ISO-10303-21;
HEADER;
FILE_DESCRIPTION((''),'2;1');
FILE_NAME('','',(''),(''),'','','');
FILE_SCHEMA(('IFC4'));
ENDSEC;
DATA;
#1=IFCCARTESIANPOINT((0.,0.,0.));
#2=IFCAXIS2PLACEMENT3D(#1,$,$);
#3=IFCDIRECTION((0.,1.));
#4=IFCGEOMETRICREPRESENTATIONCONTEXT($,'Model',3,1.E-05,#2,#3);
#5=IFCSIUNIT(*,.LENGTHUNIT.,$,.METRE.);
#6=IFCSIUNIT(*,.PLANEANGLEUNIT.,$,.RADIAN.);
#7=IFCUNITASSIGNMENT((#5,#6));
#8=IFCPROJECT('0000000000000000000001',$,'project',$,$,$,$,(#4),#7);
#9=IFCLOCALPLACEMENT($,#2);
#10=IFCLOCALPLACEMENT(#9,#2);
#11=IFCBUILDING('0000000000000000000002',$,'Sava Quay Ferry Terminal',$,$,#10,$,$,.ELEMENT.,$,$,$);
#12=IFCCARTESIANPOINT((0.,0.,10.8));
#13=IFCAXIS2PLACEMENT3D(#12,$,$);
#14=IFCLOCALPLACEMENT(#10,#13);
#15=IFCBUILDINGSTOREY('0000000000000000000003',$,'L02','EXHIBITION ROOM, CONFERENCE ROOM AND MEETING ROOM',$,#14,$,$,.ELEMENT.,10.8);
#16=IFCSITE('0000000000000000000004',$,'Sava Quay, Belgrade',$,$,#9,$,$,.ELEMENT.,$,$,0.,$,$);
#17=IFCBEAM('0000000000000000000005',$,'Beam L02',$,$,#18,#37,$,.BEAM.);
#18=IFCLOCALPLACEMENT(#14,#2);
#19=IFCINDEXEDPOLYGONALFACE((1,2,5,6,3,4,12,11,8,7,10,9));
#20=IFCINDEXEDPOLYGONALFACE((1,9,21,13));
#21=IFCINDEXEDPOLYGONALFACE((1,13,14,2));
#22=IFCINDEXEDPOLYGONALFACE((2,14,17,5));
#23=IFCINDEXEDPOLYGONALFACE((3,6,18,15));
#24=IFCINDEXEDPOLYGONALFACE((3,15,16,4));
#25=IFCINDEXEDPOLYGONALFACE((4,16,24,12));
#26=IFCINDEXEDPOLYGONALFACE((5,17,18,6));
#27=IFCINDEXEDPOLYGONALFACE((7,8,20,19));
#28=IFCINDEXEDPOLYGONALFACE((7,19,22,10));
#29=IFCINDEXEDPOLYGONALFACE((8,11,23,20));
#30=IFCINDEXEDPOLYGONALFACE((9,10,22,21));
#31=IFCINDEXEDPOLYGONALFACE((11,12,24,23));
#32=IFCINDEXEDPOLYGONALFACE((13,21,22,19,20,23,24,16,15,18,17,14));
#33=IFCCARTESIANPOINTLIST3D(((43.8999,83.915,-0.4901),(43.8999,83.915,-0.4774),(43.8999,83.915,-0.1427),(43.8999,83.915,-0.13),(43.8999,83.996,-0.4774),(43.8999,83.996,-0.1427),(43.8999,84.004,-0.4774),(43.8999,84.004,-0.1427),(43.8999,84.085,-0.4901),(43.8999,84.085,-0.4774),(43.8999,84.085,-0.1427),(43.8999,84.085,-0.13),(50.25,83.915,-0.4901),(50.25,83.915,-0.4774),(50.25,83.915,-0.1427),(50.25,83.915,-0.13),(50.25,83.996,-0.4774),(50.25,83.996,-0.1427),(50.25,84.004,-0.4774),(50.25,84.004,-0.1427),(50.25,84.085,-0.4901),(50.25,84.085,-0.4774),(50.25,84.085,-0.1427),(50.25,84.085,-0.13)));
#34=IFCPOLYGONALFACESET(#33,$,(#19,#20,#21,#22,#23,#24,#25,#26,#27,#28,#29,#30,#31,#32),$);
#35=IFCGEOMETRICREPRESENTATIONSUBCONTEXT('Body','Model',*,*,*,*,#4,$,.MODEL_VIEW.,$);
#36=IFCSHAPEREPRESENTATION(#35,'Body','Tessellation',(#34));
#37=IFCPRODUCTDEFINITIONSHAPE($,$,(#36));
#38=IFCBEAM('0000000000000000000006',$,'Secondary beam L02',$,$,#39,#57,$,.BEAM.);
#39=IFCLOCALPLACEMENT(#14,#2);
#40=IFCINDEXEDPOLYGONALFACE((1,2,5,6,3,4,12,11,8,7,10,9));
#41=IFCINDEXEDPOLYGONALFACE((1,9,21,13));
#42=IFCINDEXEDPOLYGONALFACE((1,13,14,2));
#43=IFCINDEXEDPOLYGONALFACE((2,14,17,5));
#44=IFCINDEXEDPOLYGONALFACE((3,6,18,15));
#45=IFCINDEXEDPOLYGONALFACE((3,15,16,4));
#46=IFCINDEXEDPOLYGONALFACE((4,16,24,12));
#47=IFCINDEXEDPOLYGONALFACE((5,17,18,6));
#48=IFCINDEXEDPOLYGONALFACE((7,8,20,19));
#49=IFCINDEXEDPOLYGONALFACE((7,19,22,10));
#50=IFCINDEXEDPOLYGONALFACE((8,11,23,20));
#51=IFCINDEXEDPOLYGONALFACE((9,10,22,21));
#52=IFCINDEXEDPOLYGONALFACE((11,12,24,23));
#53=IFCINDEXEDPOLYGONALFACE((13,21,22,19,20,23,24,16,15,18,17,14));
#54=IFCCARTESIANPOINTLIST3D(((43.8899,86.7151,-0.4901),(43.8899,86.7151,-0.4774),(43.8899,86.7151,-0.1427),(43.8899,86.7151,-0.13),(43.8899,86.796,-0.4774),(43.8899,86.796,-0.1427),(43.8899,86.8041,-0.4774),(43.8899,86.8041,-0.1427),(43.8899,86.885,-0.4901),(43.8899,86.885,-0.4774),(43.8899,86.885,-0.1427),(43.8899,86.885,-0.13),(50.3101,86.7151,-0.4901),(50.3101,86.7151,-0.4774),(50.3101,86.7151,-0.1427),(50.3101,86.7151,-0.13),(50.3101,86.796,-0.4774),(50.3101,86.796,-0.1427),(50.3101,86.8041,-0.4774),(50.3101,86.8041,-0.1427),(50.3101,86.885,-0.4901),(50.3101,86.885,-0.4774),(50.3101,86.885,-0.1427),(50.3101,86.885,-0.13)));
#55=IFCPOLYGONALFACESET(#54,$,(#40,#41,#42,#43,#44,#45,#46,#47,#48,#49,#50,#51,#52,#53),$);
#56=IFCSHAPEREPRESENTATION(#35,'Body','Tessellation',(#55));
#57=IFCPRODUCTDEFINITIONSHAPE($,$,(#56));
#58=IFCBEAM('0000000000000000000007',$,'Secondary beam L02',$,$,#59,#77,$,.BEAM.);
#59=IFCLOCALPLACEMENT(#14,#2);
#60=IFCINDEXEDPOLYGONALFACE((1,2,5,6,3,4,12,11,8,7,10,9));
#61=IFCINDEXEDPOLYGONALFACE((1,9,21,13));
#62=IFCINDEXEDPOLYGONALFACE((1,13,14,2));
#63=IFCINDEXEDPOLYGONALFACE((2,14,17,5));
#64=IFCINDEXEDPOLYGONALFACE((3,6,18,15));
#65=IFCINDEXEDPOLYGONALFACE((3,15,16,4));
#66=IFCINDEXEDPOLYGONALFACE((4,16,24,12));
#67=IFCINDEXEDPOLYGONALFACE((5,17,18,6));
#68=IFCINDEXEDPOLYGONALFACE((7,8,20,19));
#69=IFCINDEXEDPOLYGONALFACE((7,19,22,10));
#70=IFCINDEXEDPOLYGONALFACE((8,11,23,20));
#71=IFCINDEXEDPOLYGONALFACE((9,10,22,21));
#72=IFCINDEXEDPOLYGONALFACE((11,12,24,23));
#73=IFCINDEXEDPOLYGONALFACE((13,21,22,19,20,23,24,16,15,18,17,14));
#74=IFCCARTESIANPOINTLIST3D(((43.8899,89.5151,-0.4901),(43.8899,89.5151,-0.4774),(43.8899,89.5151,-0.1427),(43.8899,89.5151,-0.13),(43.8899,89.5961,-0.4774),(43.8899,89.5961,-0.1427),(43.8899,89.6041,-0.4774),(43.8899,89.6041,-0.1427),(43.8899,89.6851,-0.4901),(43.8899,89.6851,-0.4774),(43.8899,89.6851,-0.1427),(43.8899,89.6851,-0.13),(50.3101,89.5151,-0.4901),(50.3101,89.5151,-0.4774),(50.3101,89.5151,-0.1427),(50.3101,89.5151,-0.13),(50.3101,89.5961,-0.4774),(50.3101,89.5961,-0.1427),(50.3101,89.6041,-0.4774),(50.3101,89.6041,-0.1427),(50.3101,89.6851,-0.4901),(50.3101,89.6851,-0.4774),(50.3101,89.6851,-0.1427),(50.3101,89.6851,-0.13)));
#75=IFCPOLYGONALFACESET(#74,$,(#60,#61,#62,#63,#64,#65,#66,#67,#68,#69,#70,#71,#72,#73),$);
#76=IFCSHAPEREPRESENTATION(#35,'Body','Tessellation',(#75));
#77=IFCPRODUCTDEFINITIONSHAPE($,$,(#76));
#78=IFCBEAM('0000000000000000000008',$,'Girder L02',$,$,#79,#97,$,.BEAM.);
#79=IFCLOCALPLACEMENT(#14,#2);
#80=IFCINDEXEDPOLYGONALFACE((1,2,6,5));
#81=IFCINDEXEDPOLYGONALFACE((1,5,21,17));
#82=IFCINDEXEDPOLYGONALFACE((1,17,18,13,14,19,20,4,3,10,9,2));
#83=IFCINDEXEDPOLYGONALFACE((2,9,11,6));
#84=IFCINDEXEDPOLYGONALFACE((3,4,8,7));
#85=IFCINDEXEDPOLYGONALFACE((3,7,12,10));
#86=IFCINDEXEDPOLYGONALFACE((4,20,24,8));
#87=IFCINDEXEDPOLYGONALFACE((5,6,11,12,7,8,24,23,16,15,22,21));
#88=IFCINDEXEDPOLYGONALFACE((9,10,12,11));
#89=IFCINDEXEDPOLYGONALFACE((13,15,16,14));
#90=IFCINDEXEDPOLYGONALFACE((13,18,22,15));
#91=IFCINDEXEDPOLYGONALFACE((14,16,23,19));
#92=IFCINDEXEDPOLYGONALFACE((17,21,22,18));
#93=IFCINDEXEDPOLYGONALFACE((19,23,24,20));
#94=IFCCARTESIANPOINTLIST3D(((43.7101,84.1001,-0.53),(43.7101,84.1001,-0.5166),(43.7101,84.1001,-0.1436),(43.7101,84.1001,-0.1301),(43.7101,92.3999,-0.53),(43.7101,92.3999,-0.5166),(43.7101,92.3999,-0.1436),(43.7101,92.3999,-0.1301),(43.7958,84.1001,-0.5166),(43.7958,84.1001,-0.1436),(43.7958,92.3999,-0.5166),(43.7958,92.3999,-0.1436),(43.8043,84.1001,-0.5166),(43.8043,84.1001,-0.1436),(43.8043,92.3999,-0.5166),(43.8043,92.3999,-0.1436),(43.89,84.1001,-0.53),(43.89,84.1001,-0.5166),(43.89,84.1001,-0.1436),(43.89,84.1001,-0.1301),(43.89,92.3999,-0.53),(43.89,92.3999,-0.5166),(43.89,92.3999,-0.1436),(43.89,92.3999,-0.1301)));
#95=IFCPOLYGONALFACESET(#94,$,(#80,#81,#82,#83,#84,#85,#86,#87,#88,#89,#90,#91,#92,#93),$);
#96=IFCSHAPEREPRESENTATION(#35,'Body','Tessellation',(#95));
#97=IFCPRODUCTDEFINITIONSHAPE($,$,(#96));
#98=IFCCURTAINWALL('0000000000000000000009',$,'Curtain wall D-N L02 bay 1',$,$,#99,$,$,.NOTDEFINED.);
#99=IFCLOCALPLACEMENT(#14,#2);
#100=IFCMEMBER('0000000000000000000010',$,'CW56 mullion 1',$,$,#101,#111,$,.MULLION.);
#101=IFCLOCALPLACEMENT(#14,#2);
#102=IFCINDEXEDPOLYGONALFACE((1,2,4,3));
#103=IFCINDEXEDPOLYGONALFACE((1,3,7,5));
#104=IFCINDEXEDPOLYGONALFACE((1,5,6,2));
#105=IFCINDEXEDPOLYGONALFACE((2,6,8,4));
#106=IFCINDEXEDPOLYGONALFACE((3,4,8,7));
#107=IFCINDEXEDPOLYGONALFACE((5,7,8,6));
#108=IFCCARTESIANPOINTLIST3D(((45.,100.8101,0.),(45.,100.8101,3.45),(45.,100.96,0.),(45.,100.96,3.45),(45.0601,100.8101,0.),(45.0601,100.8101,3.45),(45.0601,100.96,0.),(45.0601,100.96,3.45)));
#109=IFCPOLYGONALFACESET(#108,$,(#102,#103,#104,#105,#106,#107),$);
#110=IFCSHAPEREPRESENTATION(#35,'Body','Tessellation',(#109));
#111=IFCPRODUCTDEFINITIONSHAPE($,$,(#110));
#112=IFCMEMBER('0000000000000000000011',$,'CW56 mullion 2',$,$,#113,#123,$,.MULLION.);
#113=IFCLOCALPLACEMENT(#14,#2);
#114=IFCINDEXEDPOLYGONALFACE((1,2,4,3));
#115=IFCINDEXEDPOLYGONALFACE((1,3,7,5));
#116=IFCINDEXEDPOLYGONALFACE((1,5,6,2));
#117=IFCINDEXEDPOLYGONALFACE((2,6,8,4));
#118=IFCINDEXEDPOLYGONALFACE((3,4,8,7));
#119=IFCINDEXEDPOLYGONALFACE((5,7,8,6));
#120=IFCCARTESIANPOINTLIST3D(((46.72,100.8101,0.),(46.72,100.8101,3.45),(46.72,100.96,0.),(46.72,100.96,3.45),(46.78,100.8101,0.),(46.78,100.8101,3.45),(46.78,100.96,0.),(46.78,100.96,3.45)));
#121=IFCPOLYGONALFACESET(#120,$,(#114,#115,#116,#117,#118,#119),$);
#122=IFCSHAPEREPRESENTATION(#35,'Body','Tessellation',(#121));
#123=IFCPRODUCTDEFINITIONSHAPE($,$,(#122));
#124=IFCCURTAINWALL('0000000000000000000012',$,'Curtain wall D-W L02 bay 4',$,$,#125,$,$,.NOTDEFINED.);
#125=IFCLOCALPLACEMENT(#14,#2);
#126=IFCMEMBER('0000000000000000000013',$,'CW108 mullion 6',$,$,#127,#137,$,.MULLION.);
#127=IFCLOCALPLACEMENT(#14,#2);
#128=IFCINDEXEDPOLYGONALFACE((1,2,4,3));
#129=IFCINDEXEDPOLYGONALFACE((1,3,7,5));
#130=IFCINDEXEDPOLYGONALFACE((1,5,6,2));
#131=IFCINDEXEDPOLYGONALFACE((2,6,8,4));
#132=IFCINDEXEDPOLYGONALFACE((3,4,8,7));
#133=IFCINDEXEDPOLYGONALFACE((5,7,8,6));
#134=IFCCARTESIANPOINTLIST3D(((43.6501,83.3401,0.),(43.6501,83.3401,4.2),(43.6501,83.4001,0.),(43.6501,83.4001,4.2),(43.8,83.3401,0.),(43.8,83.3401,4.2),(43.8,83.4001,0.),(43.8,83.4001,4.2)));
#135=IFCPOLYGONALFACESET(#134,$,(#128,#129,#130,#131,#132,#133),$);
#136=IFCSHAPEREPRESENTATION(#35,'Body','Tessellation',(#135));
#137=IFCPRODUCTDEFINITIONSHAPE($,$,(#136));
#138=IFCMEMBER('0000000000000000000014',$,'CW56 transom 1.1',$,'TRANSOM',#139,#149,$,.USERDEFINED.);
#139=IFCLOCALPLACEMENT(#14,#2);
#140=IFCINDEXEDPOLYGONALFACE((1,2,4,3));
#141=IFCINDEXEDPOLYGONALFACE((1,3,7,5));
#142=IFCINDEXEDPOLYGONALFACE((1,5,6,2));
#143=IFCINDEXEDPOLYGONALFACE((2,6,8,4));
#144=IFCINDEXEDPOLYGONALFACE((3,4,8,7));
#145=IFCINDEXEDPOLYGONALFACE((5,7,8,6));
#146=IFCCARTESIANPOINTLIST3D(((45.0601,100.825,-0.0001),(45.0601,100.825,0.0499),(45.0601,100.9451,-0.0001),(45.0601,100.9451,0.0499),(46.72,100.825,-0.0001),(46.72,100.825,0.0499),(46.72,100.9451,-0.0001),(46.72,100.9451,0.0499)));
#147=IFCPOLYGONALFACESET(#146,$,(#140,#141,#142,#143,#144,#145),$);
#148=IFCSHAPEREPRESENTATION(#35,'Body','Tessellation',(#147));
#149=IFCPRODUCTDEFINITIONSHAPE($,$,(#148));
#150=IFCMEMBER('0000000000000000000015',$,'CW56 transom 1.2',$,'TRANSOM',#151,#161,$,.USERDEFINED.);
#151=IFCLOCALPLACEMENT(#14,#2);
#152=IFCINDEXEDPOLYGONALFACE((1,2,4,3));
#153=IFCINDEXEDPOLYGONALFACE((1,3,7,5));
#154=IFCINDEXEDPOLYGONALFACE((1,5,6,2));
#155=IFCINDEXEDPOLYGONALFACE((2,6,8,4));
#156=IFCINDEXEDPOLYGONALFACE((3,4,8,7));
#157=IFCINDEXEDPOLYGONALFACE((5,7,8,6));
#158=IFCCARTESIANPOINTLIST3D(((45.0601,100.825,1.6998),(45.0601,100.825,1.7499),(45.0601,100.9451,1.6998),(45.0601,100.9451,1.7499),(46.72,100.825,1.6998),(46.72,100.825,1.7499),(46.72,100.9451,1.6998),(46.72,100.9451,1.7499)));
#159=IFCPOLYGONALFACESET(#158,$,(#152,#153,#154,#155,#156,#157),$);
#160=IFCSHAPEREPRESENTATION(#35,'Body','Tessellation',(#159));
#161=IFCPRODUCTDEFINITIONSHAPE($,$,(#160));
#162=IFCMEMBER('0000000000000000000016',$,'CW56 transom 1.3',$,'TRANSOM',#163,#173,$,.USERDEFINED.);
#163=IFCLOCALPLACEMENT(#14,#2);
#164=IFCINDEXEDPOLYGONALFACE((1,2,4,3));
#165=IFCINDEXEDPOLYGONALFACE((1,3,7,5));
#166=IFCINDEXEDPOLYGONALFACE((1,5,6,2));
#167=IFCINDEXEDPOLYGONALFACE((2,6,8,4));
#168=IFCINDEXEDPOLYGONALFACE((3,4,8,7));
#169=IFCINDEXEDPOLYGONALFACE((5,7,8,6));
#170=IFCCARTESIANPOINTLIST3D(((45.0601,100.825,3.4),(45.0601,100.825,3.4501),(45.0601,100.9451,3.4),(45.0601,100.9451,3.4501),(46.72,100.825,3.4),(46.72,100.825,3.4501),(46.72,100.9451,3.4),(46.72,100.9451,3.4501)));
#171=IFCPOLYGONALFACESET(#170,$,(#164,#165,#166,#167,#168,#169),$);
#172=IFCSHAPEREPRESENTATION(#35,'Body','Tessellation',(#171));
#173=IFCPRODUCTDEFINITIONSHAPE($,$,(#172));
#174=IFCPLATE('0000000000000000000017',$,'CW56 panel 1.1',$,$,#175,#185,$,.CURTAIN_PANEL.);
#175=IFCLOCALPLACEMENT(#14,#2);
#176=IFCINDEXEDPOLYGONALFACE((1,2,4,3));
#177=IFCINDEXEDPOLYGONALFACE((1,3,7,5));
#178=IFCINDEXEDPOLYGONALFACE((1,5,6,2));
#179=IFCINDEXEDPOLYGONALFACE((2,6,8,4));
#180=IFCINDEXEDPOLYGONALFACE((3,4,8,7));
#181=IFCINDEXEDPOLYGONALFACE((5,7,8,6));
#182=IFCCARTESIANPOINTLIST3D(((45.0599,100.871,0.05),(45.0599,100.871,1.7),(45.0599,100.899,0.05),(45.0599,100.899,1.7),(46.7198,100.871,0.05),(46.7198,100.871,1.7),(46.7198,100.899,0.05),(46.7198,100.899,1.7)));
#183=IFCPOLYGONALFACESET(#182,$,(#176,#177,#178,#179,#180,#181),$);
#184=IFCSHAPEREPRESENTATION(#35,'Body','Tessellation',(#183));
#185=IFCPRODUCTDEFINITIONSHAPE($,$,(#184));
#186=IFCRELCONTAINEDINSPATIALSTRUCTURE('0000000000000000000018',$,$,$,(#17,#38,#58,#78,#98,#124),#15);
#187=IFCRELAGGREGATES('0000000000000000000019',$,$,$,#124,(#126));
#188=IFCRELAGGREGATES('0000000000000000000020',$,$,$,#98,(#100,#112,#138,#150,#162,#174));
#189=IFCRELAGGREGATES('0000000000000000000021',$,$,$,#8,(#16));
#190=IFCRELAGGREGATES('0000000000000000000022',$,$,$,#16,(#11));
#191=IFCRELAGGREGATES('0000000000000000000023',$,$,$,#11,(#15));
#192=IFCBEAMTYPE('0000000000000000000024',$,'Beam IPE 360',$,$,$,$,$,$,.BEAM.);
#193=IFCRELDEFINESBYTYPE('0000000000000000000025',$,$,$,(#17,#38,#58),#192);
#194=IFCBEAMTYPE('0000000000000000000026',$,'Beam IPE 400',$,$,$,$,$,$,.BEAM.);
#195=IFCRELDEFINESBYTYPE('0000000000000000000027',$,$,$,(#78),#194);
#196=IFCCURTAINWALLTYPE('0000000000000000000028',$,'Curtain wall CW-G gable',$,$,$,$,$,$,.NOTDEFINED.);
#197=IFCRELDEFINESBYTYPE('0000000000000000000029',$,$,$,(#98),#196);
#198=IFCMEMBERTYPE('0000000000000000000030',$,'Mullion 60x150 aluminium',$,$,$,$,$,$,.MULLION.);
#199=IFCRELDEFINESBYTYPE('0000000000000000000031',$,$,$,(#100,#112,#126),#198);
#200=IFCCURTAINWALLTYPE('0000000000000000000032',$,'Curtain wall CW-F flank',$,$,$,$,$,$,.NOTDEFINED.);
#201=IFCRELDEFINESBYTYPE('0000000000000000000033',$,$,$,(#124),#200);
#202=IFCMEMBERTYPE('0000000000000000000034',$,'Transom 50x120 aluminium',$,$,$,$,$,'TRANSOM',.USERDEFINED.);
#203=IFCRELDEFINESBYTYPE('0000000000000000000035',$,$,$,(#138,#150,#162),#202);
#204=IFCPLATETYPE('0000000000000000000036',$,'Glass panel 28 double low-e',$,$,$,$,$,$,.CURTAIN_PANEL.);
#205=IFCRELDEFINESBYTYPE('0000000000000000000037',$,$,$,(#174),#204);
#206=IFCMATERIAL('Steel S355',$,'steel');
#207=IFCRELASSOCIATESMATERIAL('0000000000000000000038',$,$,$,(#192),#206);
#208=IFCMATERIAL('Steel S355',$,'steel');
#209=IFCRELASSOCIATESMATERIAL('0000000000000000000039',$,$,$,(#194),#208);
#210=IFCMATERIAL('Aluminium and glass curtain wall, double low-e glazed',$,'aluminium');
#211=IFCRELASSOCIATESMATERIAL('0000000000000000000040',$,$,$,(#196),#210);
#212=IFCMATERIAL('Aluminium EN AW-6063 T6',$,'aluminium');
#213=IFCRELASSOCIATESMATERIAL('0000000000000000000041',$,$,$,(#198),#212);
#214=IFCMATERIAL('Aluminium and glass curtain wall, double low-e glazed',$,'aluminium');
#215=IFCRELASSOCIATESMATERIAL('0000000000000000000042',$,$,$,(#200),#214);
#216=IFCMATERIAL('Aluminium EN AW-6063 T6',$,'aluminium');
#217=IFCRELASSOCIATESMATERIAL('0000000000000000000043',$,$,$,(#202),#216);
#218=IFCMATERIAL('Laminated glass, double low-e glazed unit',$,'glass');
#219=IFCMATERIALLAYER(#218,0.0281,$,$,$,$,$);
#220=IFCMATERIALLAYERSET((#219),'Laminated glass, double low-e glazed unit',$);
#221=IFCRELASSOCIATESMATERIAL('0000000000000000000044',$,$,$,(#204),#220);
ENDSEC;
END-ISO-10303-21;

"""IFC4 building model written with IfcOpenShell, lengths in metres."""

from ifc_helpers import new_model, si_unit, direction, frame, origin, origin_2d, place, context, subcontext, project, spatial, rectangle, i_section, extrude, material, layer, layer_set, material_profile, profile_set, type_object, element, aggregate, save


model = new_model("IFC4")

# Units and contexts
model_context = context("Model", 3, precision=1e-05, world=origin(), true_north=direction((0.0, 1.0)))
body_context = subcontext(model_context, "Body", "Model", "MODEL_VIEW")
ifc_project = project(units=[si_unit("LENGTHUNIT", "METRE"), si_unit("PLANEANGLEUNIT", "RADIAN")], contexts=[model_context])

# Site, building, storey
site_placement = place(None, origin())
site = spatial("IfcSite", under=ifc_project, at=site_placement, Name="Sava Quay, Belgrade", CompositionType="ELEMENT", RefElevation=0.0)
building_placement = place(site_placement, origin())
building = spatial("IfcBuilding", under=site, at=building_placement, Name="Sava Quay Ferry Terminal", CompositionType="ELEMENT")
storey_placement = place(building_placement, frame((0.0, 0.0, 10.8)))
storey = spatial("IfcBuildingStorey", under=building, at=storey_placement, Name="L02", Description="EXHIBITION ROOM, CONFERENCE ROOM AND MEETING ROOM", CompositionType="ELEMENT", Elevation=10.8)

# Beams
ifc_material_1 = material(Name="Steel S355", Category="steel")
ifc_material_profile_1 = material_profile(ifc_material_1, i_section(OverallWidth=0.1699, OverallDepth=0.3601, WebThickness=0.0081, FlangeThickness=0.0127, at=origin_2d()), Name="IPE 360")
ifc_profile_set_1 = profile_set([ifc_material_profile_1], Name="Steel S355")
beam_type_1 = type_object("IfcBeamType", Name="Beam IPE 360", PredefinedType="BEAM", material=ifc_profile_set_1)
beam_1_placement = place(storey_placement, frame((43.8999, 84.0, -0.3101), z_axis=(1.0, 0.0, 0.0), x_axis=(0.0, 1.0, 0.0)))
element("IfcBeam", 1, at=beam_1_placement, inside=storey, type_object=beam_type_1, Name="Beam L02", PredefinedType="BEAM", context=body_context, shape_type="SweptSolid", body=[
    extrude(i_section(OverallWidth=0.1699, OverallDepth=0.3601, WebThickness=0.0081, FlangeThickness=0.0127, at=origin_2d()), origin(), (0.0, 0.0, 1.0), 6.3501),
])
for number, where, z_axis, x_axis, name in (
    (2, (43.8899, 86.8, -0.3101), (1.0, 0.0, 0.0), (0.0, 1.0, 0.0), "Secondary beam L02"),
    (3, (43.8899, 89.6001, -0.3101), (1.0, 0.0, 0.0), (0.0, 1.0, 0.0), "Secondary beam L02"),
):
    element("IfcBeam", number, at=place(storey_placement, frame(where, z_axis=z_axis, x_axis=x_axis)), inside=storey, type_object=beam_type_1, Name=name, PredefinedType="BEAM", context=body_context, shape_type="SweptSolid", body=[
        extrude(i_section(OverallWidth=0.1699, OverallDepth=0.3601, WebThickness=0.0081, FlangeThickness=0.0127, at=origin_2d()), origin(), (0.0, 0.0, 1.0), 6.4202),
    ])
ifc_material_2 = material(Name="Steel S355", Category="steel")
ifc_material_profile_2 = material_profile(ifc_material_2, i_section(OverallWidth=0.1799, OverallDepth=0.3999, WebThickness=0.0085, FlangeThickness=0.0134, at=origin_2d()), Name="IPE 400")
ifc_profile_set_2 = profile_set([ifc_material_profile_2], Name="Steel S355")
beam_type_2 = type_object("IfcBeamType", Name="Beam IPE 400", PredefinedType="BEAM", material=ifc_profile_set_2)
beam_2_placement = place(storey_placement, frame((43.8, 84.1001, -0.3301), z_axis=(0.0, 1.0, 0.0), x_axis=(-1.0, 0.0, 0.0)))
element("IfcBeam", 4, at=beam_2_placement, inside=storey, type_object=beam_type_2, Name="Girder L02", PredefinedType="BEAM", context=body_context, shape_type="SweptSolid", body=[
    extrude(i_section(OverallWidth=0.1799, OverallDepth=0.3999, WebThickness=0.0085, FlangeThickness=0.0134, at=origin_2d()), origin(), (0.0, 0.0, 1.0), 8.2998),
])

# Curtain wall, members
ifc_material_3 = material(Name="Aluminium and glass curtain wall, double low-e glazed", Category="aluminium")
curtain_wall_type_1 = type_object("IfcCurtainWallType", Name="Curtain wall CW-G gable", PredefinedType="NOTDEFINED", material=ifc_material_3)
curtain_wall_1_placement = place(storey_placement, origin())
curtain_wall_1 = element("IfcCurtainWall", 5, at=curtain_wall_1_placement, inside=storey, type_object=curtain_wall_type_1, Name="Curtain wall D-N L02 bay 1", PredefinedType="NOTDEFINED")
ifc_material_4 = material(Name="Aluminium EN AW-6063 T6", Category="aluminium")
ifc_material_profile_3 = material_profile(ifc_material_4, rectangle(XDim=0.1499, YDim=0.0601, at=origin_2d()), Name="Mullion 60x150 aluminium")
ifc_profile_set_3 = profile_set([ifc_material_profile_3], Name="Aluminium EN AW-6063 T6")
member_type_1 = type_object("IfcMemberType", Name="Mullion 60x150 aluminium", PredefinedType="MULLION", material=ifc_profile_set_3)
member_1_placement = place(storey_placement, frame((45.03, 100.885, 0.0), z_axis=(0.0, 0.0, 1.0), x_axis=(0.0, 1.0, 0.0)))
member_1 = element("IfcMember", 6, at=member_1_placement, type_object=member_type_1, Name="CW56 mullion 1", PredefinedType="MULLION", context=body_context, shape_type="SweptSolid", body=[
    extrude(rectangle(XDim=0.1499, YDim=0.0601, at=origin_2d()), origin(), (0.0, 0.0, 1.0), 3.45),
])
member_2_placement = place(storey_placement, frame((46.75, 100.885, 0.0), z_axis=(0.0, 0.0, 1.0), x_axis=(0.0, 1.0, 0.0)))
member_2 = element("IfcMember", 7, at=member_2_placement, type_object=member_type_1, Name="CW56 mullion 2", PredefinedType="MULLION", context=body_context, shape_type="SweptSolid", body=[
    extrude(rectangle(XDim=0.1499, YDim=0.0601, at=origin_2d()), origin(), (0.0, 0.0, 1.0), 3.45),
])

# Curtain wall, member
ifc_material_5 = material(Name="Aluminium and glass curtain wall, double low-e glazed", Category="aluminium")
curtain_wall_type_2 = type_object("IfcCurtainWallType", Name="Curtain wall CW-F flank", PredefinedType="NOTDEFINED", material=ifc_material_5)
curtain_wall_2_placement = place(storey_placement, origin())
curtain_wall_2 = element("IfcCurtainWall", 8, at=curtain_wall_2_placement, inside=storey, type_object=curtain_wall_type_2, Name="Curtain wall D-W L02 bay 4", PredefinedType="NOTDEFINED")
member_3_placement = place(storey_placement, frame((43.7251, 83.3701, 0.0), z_axis=(0.0, 0.0, 1.0), x_axis=(-1.0, 0.0, 0.0)))
member_3 = element("IfcMember", 9, at=member_3_placement, type_object=member_type_1, Name="CW108 mullion 6", PredefinedType="MULLION", context=body_context, shape_type="SweptSolid", body=[
    extrude(rectangle(XDim=0.1499, YDim=0.0601, at=origin_2d()), origin(), (0.0, 0.0, 1.0), 4.2),
])
aggregate(curtain_wall_2, [member_3])

# Members
ifc_material_6 = material(Name="Aluminium EN AW-6063 T6", Category="aluminium")
ifc_material_profile_4 = material_profile(ifc_material_6, rectangle(XDim=0.1201, YDim=0.05, at=origin_2d()), Name="Transom 50x120 aluminium")
ifc_profile_set_4 = profile_set([ifc_material_profile_4], Name="Aluminium EN AW-6063 T6")
member_type_2 = type_object("IfcMemberType", Name="Transom 50x120 aluminium", ElementType="TRANSOM", PredefinedType="USERDEFINED", material=ifc_profile_set_4)
member_4_placement = place(storey_placement, frame((45.0601, 100.885, 0.0249), z_axis=(1.0, 0.0, 0.0), x_axis=(0.0, 1.0, 0.0)))
member_4 = element("IfcMember", 10, at=member_4_placement, type_object=member_type_2, Name="CW56 transom 1.1", ObjectType="TRANSOM", PredefinedType="USERDEFINED", context=body_context, shape_type="SweptSolid", body=[
    extrude(rectangle(XDim=0.1201, YDim=0.05, at=origin_2d()), origin(), (0.0, 0.0, 1.0), 1.6599),
])
member_5_placement = place(storey_placement, frame((45.0601, 100.885, 1.7249), z_axis=(1.0, 0.0, 0.0), x_axis=(0.0, 1.0, 0.0)))
member_5 = element("IfcMember", 11, at=member_5_placement, type_object=member_type_2, Name="CW56 transom 1.2", ObjectType="TRANSOM", PredefinedType="USERDEFINED", context=body_context, shape_type="SweptSolid", body=[
    extrude(rectangle(XDim=0.1201, YDim=0.05, at=origin_2d()), origin(), (0.0, 0.0, 1.0), 1.6599),
])
member_6_placement = place(storey_placement, frame((45.0601, 100.885, 3.425), z_axis=(1.0, 0.0, 0.0), x_axis=(0.0, 1.0, 0.0)))
member_6 = element("IfcMember", 12, at=member_6_placement, type_object=member_type_2, Name="CW56 transom 1.3", ObjectType="TRANSOM", PredefinedType="USERDEFINED", context=body_context, shape_type="SweptSolid", body=[
    extrude(rectangle(XDim=0.1201, YDim=0.05, at=origin_2d()), origin(), (0.0, 0.0, 1.0), 1.6599),
])

# Plate
ifc_material_7 = material(Name="Laminated glass, double low-e glazed unit", Category="glass")
ifc_layer_1 = layer(ifc_material_7, 0.0281)
ifc_layer_set_1 = layer_set([ifc_layer_1], Name="Laminated glass, double low-e glazed unit")
plate_type = type_object("IfcPlateType", Name="Glass panel 28 double low-e", PredefinedType="CURTAIN_PANEL", material=ifc_layer_set_1)
plate_1_placement = place(storey_placement, frame((45.8899, 100.885, 0.05), z_axis=(0.0, 0.0, 1.0), x_axis=(1.0, 0.0, 0.0)))
plate_1 = element("IfcPlate", 13, at=plate_1_placement, type_object=plate_type, Name="CW56 panel 1.1", PredefinedType="CURTAIN_PANEL", context=body_context, shape_type="SweptSolid", body=[
    extrude(rectangle(XDim=1.6599, YDim=0.0281, at=origin_2d()), origin(), (0.0, 0.0, 1.0), 1.6499),
])
aggregate(curtain_wall_1, [member_1, member_2, member_4, member_5, member_6, plate_1])

save(model, "model.ifc")
